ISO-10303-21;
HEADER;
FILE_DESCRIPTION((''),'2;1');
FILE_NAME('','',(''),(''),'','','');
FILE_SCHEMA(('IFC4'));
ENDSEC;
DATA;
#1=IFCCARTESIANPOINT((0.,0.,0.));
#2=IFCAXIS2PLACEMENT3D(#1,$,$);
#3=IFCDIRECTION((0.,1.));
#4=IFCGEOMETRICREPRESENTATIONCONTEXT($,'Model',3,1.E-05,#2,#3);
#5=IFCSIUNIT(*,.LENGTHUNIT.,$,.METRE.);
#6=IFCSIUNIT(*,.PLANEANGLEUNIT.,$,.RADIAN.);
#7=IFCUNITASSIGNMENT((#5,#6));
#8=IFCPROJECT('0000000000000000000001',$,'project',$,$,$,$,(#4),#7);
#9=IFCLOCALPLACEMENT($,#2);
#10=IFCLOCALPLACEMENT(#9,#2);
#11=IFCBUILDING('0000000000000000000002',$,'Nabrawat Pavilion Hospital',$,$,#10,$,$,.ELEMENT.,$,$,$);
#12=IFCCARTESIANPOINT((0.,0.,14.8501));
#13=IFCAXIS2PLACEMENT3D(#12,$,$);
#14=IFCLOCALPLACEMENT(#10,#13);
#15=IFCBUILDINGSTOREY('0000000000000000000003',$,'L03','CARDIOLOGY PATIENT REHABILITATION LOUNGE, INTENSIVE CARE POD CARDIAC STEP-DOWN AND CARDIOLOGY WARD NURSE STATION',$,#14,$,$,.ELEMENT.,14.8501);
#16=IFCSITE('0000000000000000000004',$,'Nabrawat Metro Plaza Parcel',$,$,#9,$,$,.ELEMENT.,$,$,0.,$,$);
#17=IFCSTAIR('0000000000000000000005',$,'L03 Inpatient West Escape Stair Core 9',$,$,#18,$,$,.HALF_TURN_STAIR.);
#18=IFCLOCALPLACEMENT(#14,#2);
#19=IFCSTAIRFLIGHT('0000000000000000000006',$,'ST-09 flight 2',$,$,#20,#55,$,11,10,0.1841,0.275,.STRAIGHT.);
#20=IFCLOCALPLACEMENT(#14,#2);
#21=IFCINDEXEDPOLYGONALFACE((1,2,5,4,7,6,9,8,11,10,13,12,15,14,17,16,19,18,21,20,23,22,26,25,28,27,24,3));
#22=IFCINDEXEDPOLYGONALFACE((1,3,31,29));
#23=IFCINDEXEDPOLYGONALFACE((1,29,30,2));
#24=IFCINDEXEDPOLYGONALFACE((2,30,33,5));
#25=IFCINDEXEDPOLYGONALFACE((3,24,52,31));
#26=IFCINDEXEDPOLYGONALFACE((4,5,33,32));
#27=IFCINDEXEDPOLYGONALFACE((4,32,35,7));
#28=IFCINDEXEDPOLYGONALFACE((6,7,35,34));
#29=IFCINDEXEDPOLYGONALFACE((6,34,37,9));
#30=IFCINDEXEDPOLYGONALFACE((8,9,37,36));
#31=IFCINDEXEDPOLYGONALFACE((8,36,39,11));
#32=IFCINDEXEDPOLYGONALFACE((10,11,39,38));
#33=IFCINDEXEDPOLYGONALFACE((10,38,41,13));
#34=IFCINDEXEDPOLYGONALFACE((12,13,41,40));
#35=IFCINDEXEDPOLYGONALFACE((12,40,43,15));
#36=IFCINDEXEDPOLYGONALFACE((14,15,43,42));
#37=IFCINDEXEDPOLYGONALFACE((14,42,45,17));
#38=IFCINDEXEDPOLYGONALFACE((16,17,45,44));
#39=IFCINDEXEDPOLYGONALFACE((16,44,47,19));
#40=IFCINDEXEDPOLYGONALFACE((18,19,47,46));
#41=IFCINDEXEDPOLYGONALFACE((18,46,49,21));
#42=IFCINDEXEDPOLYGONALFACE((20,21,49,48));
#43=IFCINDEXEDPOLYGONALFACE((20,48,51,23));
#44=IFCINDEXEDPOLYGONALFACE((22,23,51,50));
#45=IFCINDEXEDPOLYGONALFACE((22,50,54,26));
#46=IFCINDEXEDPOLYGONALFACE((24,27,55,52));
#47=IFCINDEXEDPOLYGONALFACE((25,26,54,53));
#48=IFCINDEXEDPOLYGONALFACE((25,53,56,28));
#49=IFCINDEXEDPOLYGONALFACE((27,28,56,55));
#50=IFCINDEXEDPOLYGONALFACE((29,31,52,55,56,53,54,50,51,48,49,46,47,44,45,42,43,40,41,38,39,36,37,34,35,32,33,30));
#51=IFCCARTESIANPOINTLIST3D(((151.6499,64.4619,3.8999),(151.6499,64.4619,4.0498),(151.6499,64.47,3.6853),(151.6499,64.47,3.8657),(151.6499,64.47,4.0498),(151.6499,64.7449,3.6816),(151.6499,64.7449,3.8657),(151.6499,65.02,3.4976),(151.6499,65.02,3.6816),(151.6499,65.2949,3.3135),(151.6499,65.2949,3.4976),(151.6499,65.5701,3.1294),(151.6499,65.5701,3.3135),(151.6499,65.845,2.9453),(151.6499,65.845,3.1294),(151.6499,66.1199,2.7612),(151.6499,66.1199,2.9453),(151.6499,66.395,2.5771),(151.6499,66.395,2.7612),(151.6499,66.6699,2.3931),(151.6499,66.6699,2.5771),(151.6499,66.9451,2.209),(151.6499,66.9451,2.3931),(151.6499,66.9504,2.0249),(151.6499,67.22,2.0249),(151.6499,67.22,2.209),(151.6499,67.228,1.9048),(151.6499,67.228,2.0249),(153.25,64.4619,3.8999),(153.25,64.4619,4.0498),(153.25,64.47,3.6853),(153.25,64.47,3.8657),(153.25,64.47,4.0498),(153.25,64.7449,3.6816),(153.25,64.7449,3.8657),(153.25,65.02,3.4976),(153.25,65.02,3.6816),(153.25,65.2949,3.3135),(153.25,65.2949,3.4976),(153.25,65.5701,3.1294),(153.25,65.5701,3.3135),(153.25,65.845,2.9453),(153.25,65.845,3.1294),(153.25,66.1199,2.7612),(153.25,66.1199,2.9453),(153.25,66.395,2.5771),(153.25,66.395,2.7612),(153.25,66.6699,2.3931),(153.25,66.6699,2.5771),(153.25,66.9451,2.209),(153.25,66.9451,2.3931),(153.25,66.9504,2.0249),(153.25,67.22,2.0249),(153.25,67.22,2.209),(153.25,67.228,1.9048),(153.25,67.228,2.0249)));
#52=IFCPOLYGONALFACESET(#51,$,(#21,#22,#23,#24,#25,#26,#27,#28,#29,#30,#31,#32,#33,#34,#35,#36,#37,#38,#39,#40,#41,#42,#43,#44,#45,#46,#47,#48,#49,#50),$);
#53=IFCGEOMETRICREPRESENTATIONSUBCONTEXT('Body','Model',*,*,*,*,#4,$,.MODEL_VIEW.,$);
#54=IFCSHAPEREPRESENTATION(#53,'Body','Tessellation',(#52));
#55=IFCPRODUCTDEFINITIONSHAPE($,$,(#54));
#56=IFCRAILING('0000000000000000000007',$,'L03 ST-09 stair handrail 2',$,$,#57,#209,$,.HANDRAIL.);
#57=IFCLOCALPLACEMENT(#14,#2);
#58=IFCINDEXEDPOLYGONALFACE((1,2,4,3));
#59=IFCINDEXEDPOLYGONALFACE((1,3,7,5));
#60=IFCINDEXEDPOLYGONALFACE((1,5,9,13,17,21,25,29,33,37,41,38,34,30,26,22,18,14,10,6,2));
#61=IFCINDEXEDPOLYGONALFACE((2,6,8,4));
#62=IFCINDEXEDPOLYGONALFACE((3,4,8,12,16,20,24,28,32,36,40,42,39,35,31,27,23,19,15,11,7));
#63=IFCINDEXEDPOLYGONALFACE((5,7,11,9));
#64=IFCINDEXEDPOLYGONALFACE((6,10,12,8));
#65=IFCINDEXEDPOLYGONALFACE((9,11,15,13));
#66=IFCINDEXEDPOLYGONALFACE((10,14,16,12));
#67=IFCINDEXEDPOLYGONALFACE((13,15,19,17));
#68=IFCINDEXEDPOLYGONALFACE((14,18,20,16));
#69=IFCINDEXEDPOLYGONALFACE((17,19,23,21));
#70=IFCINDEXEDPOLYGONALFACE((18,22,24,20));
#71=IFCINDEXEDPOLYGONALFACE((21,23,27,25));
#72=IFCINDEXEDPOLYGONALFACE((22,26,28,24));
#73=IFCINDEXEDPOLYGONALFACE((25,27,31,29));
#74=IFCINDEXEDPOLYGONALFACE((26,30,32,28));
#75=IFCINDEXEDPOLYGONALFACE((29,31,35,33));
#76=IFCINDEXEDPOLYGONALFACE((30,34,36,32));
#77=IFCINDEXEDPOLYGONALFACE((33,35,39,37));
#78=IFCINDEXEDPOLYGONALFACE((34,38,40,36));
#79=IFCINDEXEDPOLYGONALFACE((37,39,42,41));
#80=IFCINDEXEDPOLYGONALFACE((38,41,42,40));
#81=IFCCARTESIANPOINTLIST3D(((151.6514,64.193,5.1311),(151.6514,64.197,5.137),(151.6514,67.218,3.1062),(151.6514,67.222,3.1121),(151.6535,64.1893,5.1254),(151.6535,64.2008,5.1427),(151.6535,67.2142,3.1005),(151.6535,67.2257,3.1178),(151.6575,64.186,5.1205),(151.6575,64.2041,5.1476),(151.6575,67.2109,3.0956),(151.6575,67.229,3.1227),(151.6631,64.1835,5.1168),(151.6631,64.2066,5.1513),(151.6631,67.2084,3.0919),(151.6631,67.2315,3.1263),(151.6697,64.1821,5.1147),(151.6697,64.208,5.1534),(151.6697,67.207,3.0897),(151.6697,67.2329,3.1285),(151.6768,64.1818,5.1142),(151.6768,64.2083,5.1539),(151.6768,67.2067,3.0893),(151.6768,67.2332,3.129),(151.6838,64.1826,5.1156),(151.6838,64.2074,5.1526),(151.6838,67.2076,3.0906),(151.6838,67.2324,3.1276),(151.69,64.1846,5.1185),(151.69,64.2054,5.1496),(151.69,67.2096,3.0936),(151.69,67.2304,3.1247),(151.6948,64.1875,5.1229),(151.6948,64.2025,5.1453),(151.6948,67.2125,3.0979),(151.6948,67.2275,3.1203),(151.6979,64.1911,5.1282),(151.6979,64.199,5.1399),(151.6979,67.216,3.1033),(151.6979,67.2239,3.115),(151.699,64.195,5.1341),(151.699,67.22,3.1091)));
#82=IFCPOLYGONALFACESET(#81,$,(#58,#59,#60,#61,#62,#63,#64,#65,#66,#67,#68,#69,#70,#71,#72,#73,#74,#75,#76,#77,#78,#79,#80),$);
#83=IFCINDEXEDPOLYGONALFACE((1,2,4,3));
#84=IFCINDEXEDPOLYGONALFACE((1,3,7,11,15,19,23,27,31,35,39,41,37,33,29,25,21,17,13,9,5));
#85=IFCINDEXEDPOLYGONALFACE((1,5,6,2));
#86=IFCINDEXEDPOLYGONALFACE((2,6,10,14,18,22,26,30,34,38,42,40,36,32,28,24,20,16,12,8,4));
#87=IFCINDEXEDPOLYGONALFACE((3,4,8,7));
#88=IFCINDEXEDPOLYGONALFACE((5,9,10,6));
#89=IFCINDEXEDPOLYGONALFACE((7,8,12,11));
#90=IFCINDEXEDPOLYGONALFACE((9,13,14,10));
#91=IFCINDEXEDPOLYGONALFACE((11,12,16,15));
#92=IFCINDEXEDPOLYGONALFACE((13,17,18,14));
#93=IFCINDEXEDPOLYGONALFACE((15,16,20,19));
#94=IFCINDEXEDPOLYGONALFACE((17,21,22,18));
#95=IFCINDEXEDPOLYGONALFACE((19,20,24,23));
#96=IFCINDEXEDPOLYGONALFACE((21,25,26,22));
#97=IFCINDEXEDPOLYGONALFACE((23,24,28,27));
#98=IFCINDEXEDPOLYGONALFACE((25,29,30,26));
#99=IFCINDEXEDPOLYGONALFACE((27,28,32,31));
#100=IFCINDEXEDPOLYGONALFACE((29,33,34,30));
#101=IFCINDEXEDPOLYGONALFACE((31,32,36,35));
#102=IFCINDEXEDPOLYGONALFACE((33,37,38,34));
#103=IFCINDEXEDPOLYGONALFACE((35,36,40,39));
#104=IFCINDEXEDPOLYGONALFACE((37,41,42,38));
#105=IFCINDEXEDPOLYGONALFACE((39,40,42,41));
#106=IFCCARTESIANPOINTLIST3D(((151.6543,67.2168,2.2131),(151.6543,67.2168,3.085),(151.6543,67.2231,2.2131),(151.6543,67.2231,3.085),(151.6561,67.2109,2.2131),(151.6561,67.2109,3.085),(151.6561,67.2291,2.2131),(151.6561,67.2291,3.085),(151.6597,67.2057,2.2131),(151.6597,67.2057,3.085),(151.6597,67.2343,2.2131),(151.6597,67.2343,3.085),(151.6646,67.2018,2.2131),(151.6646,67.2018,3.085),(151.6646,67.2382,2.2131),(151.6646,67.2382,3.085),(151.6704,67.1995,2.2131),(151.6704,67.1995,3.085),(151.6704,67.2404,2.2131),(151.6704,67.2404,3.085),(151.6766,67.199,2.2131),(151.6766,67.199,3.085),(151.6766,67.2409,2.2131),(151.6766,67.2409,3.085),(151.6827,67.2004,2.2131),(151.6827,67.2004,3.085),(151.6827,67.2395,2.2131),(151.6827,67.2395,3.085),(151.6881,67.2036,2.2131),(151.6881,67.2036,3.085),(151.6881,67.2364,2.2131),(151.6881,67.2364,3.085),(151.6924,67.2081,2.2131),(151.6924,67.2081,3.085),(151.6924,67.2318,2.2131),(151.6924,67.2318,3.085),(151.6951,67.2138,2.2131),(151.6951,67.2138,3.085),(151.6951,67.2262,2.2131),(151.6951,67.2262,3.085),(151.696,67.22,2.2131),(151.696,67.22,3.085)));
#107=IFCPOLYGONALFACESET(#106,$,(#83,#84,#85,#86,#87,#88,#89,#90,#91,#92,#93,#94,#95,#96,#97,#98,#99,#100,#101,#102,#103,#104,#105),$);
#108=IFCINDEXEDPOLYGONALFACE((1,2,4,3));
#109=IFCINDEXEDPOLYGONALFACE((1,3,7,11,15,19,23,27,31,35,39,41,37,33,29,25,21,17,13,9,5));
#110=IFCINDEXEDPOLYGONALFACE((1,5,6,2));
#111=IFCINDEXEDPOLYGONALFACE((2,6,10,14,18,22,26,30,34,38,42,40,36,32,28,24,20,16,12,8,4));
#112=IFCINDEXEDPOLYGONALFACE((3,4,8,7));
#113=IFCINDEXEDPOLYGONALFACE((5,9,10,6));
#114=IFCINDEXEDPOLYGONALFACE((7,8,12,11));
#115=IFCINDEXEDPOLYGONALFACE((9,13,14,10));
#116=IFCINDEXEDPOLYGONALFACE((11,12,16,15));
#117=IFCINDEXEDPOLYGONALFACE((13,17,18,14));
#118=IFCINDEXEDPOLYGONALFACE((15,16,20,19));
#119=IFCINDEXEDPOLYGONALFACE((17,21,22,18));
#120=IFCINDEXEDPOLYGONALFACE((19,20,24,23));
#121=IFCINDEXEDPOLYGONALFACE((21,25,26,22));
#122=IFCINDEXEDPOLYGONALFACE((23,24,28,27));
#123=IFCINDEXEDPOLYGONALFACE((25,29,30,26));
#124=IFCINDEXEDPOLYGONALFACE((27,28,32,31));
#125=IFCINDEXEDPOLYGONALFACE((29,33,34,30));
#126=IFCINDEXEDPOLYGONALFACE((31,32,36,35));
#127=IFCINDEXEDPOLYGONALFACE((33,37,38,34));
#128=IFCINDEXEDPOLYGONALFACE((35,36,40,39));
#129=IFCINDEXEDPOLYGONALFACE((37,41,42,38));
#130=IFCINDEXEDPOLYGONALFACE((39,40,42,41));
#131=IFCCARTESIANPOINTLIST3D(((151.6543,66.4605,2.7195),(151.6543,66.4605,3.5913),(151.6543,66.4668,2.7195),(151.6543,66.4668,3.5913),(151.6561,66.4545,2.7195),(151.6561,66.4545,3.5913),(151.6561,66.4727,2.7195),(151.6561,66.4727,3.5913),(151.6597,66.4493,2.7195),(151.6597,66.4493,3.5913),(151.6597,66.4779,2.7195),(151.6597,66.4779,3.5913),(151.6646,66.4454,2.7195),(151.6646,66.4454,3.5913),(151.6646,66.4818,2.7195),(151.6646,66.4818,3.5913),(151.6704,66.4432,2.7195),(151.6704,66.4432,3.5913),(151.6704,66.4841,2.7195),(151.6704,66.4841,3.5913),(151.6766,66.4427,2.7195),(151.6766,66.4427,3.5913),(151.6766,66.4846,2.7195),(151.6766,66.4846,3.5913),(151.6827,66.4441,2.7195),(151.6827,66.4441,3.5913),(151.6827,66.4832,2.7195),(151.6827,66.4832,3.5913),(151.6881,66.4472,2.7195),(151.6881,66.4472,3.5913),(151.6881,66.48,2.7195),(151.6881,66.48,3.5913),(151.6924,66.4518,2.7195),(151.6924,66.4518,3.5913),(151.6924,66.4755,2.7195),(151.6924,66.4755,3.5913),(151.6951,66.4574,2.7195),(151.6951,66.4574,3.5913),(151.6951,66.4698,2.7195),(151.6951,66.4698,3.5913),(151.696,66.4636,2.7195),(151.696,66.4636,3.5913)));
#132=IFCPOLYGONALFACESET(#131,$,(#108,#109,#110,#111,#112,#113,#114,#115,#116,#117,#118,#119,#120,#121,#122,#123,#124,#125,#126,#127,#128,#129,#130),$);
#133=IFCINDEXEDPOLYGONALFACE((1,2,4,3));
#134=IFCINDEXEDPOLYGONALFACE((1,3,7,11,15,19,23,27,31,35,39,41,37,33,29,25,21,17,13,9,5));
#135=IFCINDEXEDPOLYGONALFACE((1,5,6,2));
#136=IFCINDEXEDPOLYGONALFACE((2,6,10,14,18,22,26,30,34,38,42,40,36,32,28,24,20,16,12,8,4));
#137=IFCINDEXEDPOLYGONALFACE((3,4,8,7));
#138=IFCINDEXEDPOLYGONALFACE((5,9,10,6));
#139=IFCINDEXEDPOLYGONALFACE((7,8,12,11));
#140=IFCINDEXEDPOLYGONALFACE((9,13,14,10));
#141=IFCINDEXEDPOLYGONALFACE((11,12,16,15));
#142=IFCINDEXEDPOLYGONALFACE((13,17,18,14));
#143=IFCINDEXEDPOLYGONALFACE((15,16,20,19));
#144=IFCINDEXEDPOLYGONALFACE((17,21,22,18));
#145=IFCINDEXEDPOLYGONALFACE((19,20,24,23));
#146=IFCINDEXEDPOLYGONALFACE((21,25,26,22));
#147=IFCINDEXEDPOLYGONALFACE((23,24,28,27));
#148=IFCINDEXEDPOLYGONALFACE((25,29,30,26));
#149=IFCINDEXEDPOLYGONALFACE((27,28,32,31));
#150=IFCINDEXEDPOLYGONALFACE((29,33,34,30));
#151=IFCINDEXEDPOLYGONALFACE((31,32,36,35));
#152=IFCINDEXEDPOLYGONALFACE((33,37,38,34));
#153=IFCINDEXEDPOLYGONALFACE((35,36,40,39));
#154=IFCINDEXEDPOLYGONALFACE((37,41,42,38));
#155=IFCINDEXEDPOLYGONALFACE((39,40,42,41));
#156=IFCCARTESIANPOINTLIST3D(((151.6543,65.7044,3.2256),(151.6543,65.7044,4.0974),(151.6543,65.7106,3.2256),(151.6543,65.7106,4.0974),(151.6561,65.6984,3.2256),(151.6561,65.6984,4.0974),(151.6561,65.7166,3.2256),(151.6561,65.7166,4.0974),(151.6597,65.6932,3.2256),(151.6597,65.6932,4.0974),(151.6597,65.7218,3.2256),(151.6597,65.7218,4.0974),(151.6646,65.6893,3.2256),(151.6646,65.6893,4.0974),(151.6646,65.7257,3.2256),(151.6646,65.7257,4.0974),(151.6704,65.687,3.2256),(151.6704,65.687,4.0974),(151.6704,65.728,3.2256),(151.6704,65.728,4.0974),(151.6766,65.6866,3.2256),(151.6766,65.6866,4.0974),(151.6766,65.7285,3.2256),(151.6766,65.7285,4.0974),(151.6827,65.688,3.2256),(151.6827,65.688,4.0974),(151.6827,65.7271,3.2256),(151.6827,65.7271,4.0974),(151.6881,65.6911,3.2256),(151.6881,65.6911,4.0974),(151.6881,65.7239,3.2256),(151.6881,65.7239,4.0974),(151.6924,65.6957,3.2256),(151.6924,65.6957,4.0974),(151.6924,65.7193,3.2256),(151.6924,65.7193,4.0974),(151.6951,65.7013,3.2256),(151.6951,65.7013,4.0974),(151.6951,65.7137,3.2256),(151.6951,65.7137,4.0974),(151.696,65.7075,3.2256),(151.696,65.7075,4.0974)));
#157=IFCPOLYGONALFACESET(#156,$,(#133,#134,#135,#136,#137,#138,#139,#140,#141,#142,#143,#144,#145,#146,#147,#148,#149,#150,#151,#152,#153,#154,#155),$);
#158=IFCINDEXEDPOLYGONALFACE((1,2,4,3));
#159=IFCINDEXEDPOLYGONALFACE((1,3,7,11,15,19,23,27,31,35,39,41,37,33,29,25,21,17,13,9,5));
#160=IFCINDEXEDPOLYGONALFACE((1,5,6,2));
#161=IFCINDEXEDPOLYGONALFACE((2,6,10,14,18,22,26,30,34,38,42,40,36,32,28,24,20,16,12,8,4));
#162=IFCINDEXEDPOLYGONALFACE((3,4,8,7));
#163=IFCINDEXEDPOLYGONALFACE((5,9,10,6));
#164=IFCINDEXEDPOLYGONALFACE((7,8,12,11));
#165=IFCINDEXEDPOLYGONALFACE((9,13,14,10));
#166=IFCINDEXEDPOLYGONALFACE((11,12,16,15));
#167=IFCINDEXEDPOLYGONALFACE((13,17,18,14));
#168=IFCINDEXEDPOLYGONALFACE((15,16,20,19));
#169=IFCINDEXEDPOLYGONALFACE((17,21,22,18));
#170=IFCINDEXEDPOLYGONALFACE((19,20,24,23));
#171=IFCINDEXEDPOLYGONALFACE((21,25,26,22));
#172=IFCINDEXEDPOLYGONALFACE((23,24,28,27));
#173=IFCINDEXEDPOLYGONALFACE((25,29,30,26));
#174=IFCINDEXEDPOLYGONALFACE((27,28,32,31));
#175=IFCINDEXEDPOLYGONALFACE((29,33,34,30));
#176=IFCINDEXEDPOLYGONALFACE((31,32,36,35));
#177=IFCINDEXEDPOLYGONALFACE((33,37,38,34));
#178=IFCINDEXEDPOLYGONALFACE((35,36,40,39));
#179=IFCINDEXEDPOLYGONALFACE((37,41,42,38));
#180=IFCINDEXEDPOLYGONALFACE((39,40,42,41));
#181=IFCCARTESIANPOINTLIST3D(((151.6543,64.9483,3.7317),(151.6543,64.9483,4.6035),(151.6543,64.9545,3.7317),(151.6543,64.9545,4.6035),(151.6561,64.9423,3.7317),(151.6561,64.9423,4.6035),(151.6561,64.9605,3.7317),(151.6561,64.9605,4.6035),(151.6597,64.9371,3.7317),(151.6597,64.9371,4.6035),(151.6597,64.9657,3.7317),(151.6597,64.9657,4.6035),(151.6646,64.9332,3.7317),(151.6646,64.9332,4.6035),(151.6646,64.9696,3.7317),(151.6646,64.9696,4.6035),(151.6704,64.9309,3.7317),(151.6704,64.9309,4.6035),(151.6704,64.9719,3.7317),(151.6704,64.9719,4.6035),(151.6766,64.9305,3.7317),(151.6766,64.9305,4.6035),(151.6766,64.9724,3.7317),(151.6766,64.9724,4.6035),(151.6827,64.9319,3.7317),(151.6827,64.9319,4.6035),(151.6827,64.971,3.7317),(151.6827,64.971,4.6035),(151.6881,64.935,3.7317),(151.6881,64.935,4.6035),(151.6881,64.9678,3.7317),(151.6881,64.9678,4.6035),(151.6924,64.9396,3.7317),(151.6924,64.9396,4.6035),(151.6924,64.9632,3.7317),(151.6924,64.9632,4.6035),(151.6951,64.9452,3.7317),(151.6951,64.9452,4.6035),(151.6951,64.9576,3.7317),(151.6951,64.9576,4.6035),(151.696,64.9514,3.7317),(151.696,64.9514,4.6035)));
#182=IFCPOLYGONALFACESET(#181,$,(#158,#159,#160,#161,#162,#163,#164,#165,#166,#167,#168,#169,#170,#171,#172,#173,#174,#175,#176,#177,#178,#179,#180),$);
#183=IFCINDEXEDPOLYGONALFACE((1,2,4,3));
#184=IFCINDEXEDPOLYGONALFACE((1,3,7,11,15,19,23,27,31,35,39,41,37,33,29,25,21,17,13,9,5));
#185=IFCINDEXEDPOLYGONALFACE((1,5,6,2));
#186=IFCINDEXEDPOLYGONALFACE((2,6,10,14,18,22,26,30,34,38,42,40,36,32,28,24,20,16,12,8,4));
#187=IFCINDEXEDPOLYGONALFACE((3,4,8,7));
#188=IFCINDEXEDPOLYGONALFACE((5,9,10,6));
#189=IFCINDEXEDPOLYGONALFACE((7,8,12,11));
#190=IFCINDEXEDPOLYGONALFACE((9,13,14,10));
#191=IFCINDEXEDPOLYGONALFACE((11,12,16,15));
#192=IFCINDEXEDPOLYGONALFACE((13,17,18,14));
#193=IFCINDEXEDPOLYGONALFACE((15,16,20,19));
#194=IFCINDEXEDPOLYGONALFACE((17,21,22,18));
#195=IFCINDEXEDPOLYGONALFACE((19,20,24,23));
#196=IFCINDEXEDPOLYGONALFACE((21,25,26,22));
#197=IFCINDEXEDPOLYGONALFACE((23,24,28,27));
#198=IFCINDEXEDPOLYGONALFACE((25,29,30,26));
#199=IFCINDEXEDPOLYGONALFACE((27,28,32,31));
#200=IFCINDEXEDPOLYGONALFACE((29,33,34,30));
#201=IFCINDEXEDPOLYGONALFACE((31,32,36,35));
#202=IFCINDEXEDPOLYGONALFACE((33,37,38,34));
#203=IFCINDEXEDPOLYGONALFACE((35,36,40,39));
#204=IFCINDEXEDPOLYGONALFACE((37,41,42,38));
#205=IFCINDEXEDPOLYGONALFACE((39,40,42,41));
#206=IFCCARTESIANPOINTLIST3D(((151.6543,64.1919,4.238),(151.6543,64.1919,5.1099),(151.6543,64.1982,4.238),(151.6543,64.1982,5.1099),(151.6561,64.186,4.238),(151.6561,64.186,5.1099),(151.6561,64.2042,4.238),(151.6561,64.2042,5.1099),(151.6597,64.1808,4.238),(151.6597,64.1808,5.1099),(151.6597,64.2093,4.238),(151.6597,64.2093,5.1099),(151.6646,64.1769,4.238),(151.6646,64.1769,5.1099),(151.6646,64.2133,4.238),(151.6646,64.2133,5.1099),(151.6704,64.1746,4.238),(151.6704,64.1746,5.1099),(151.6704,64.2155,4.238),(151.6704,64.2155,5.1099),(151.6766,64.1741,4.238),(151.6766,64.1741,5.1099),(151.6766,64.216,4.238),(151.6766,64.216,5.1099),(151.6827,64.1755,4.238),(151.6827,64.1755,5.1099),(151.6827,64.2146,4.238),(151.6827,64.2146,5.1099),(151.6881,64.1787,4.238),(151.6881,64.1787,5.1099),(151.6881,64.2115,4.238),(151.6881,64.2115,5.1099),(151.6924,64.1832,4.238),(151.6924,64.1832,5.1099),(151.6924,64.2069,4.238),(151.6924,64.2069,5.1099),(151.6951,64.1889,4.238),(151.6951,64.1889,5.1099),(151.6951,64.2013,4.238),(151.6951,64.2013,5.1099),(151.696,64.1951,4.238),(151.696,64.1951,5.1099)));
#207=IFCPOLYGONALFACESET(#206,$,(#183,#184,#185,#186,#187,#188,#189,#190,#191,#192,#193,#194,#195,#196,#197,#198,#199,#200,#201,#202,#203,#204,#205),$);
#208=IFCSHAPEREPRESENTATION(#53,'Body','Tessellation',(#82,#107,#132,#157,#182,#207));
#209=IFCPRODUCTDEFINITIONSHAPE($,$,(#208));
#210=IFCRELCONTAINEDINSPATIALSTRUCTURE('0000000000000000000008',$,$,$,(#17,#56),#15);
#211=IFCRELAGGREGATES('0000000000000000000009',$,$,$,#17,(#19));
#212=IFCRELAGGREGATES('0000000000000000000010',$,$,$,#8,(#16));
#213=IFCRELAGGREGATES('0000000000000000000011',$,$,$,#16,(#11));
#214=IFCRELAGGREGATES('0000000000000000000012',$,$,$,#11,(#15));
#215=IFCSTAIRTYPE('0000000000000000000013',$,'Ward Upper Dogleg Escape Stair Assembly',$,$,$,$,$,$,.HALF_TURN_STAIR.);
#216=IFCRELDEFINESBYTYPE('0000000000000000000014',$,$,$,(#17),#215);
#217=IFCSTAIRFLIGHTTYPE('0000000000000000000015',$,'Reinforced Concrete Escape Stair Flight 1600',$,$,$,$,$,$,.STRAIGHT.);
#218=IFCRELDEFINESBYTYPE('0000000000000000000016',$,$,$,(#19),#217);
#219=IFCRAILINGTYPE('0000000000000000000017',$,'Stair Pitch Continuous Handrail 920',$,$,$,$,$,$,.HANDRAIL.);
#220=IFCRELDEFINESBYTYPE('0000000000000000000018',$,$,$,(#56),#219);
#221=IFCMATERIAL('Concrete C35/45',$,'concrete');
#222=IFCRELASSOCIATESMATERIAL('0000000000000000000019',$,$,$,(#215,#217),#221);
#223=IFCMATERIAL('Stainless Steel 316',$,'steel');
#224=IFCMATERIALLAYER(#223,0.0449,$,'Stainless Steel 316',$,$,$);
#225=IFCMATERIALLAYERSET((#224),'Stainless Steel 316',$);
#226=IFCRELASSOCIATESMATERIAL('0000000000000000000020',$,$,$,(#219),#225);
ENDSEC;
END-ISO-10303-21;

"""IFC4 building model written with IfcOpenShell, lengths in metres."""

from ifc_helpers import new_model, si_unit, direction, frame, origin, origin_2d, place, context, subcontext, project, spatial, polyline, circle, outline, extrude, material, layer, layer_set, type_object, element, aggregate, save


model = new_model("IFC4")

# Units and contexts
model_context = context("Model", 3, precision=1e-05, world=origin(), true_north=direction((0.0, 1.0)))
body_context = subcontext(model_context, "Body", "Model", "MODEL_VIEW")
ifc_project = project(units=[si_unit("LENGTHUNIT", "METRE"), si_unit("PLANEANGLEUNIT", "RADIAN")], contexts=[model_context])

# Site, building, storey
site_placement = place(None, origin())
site = spatial("IfcSite", under=ifc_project, at=site_placement, Name="Nabrawat Metro Plaza Parcel", CompositionType="ELEMENT", RefElevation=0.0)
building_placement = place(site_placement, origin())
building = spatial("IfcBuilding", under=site, at=building_placement, Name="Nabrawat Pavilion Hospital", CompositionType="ELEMENT")
storey_placement = place(building_placement, frame((0.0, 0.0, 14.8501)))
storey = spatial("IfcBuildingStorey", under=building, at=storey_placement, Name="L03", Description="CARDIOLOGY PATIENT REHABILITATION LOUNGE, INTENSIVE CARE POD CARDIAC STEP-DOWN AND CARDIOLOGY WARD NURSE STATION", CompositionType="ELEMENT", Elevation=14.8501)

# Stair, stair flight
ifc_material_1 = material(Name="Concrete C35/45", Category="concrete")
stair_type = type_object("IfcStairType", Name="Ward Upper Dogleg Escape Stair Assembly", PredefinedType="HALF_TURN_STAIR", material=ifc_material_1)
stair_placement = place(storey_placement, origin())
stair = element("IfcStair", 1, at=stair_placement, inside=storey, type_object=stair_type, Name="L03 Inpatient West Escape Stair Core 9", PredefinedType="HALF_TURN_STAIR")
stair_flight_type = type_object("IfcStairFlightType", Name="Reinforced Concrete Escape Stair Flight 1600", PredefinedType="STRAIGHT", material=ifc_material_1)
stair_flight_placement = place(storey_placement, frame((152.45, 67.22, 2.0249), z_axis=(0.0, 0.0, 1.0), x_axis=(0.0, -1.0, 0.0)))
stair_flight = element("IfcStairFlight", 2, at=stair_flight_placement, type_object=stair_flight_type, Name="ST-09 flight 2", NumberOfRisers=11, NumberOfTreads=10, PredefinedType="STRAIGHT", RiserHeight=0.1841, TreadLength=0.275, context=body_context, shape_type="SweptSolid", body=[
    extrude(outline(polyline([(-0.0081, 0.0), (0.0, 0.0), (0.0, 0.1841), (0.2749, 0.1841), (0.2749, 0.3682), (0.55, 0.3682), (0.55, 0.5522), (0.825, 0.5522), (0.825, 0.7363), (1.1001, 0.7363), (1.1001, 0.9204), (1.375, 0.9204), (1.375, 1.1045), (1.6499, 1.1045), (1.6499, 1.2886), (1.925, 1.2886), (1.925, 1.4727), (2.2, 1.4727), (2.2, 1.6567), (2.4751, 1.6567), (2.4751, 1.8408), (2.75, 1.8408), (2.75, 2.0249), (2.7581, 2.0249), (2.7581, 1.875), (2.75, 1.6604), (0.2695, 0.0), (-0.0081, -0.1201), (-0.0081, 0.0)])), frame((0.0, 0.8, 0.0), z_axis=(0.0, -1.0, 0.0), x_axis=(1.0, 0.0, 0.0)), (0.0, 0.0, 1.0), 1.6001),
])
aggregate(stair, [stair_flight])

# Railing
ifc_material_2 = material(Name="Stainless Steel 316", Category="steel")
ifc_layer_1 = layer(ifc_material_2, 0.0449, Name="Stainless Steel 316")
ifc_layer_set_1 = layer_set([ifc_layer_1], Name="Stainless Steel 316")
railing_type = type_object("IfcRailingType", Name="Stair Pitch Continuous Handrail 920", PredefinedType="HANDRAIL", material=ifc_layer_set_1)
railing_placement = place(storey_placement, frame((151.675, 67.22, 2.2131)))
element("IfcRailing", 3, at=railing_placement, inside=storey, type_object=railing_type, Name="L03 ST-09 stair handrail 2", PredefinedType="HANDRAIL", context=body_context, shape_type="SweptSolid", body=[
    extrude(circle(Radius=0.0239, at=origin_2d()), frame((0.0, 0.0, 0.896), z_axis=(0.0, -0.830996, 0.556278), x_axis=(1.0, 0.0, 0.0)), (0.0, 0.0, 1.0), 3.6401),
    extrude(circle(Radius=0.021, at=origin_2d()), origin(), (0.0, 0.0, 1.0), 0.8718),
    extrude(circle(Radius=0.021, at=origin_2d()), frame((0.0, -0.7563, 0.5063)), (0.0, 0.0, 1.0), 0.8718),
    extrude(circle(Radius=0.021, at=origin_2d()), frame((0.0, -1.5125, 1.0125)), (0.0, 0.0, 1.0), 0.8718),
    extrude(circle(Radius=0.021, at=origin_2d()), frame((0.0, -2.2686, 1.5186)), (0.0, 0.0, 1.0), 0.8718),
    extrude(circle(Radius=0.021, at=origin_2d()), frame((0.0, -3.0249, 2.0249)), (0.0, 0.0, 1.0), 0.8718),
])

save(model, "model.ifc")
